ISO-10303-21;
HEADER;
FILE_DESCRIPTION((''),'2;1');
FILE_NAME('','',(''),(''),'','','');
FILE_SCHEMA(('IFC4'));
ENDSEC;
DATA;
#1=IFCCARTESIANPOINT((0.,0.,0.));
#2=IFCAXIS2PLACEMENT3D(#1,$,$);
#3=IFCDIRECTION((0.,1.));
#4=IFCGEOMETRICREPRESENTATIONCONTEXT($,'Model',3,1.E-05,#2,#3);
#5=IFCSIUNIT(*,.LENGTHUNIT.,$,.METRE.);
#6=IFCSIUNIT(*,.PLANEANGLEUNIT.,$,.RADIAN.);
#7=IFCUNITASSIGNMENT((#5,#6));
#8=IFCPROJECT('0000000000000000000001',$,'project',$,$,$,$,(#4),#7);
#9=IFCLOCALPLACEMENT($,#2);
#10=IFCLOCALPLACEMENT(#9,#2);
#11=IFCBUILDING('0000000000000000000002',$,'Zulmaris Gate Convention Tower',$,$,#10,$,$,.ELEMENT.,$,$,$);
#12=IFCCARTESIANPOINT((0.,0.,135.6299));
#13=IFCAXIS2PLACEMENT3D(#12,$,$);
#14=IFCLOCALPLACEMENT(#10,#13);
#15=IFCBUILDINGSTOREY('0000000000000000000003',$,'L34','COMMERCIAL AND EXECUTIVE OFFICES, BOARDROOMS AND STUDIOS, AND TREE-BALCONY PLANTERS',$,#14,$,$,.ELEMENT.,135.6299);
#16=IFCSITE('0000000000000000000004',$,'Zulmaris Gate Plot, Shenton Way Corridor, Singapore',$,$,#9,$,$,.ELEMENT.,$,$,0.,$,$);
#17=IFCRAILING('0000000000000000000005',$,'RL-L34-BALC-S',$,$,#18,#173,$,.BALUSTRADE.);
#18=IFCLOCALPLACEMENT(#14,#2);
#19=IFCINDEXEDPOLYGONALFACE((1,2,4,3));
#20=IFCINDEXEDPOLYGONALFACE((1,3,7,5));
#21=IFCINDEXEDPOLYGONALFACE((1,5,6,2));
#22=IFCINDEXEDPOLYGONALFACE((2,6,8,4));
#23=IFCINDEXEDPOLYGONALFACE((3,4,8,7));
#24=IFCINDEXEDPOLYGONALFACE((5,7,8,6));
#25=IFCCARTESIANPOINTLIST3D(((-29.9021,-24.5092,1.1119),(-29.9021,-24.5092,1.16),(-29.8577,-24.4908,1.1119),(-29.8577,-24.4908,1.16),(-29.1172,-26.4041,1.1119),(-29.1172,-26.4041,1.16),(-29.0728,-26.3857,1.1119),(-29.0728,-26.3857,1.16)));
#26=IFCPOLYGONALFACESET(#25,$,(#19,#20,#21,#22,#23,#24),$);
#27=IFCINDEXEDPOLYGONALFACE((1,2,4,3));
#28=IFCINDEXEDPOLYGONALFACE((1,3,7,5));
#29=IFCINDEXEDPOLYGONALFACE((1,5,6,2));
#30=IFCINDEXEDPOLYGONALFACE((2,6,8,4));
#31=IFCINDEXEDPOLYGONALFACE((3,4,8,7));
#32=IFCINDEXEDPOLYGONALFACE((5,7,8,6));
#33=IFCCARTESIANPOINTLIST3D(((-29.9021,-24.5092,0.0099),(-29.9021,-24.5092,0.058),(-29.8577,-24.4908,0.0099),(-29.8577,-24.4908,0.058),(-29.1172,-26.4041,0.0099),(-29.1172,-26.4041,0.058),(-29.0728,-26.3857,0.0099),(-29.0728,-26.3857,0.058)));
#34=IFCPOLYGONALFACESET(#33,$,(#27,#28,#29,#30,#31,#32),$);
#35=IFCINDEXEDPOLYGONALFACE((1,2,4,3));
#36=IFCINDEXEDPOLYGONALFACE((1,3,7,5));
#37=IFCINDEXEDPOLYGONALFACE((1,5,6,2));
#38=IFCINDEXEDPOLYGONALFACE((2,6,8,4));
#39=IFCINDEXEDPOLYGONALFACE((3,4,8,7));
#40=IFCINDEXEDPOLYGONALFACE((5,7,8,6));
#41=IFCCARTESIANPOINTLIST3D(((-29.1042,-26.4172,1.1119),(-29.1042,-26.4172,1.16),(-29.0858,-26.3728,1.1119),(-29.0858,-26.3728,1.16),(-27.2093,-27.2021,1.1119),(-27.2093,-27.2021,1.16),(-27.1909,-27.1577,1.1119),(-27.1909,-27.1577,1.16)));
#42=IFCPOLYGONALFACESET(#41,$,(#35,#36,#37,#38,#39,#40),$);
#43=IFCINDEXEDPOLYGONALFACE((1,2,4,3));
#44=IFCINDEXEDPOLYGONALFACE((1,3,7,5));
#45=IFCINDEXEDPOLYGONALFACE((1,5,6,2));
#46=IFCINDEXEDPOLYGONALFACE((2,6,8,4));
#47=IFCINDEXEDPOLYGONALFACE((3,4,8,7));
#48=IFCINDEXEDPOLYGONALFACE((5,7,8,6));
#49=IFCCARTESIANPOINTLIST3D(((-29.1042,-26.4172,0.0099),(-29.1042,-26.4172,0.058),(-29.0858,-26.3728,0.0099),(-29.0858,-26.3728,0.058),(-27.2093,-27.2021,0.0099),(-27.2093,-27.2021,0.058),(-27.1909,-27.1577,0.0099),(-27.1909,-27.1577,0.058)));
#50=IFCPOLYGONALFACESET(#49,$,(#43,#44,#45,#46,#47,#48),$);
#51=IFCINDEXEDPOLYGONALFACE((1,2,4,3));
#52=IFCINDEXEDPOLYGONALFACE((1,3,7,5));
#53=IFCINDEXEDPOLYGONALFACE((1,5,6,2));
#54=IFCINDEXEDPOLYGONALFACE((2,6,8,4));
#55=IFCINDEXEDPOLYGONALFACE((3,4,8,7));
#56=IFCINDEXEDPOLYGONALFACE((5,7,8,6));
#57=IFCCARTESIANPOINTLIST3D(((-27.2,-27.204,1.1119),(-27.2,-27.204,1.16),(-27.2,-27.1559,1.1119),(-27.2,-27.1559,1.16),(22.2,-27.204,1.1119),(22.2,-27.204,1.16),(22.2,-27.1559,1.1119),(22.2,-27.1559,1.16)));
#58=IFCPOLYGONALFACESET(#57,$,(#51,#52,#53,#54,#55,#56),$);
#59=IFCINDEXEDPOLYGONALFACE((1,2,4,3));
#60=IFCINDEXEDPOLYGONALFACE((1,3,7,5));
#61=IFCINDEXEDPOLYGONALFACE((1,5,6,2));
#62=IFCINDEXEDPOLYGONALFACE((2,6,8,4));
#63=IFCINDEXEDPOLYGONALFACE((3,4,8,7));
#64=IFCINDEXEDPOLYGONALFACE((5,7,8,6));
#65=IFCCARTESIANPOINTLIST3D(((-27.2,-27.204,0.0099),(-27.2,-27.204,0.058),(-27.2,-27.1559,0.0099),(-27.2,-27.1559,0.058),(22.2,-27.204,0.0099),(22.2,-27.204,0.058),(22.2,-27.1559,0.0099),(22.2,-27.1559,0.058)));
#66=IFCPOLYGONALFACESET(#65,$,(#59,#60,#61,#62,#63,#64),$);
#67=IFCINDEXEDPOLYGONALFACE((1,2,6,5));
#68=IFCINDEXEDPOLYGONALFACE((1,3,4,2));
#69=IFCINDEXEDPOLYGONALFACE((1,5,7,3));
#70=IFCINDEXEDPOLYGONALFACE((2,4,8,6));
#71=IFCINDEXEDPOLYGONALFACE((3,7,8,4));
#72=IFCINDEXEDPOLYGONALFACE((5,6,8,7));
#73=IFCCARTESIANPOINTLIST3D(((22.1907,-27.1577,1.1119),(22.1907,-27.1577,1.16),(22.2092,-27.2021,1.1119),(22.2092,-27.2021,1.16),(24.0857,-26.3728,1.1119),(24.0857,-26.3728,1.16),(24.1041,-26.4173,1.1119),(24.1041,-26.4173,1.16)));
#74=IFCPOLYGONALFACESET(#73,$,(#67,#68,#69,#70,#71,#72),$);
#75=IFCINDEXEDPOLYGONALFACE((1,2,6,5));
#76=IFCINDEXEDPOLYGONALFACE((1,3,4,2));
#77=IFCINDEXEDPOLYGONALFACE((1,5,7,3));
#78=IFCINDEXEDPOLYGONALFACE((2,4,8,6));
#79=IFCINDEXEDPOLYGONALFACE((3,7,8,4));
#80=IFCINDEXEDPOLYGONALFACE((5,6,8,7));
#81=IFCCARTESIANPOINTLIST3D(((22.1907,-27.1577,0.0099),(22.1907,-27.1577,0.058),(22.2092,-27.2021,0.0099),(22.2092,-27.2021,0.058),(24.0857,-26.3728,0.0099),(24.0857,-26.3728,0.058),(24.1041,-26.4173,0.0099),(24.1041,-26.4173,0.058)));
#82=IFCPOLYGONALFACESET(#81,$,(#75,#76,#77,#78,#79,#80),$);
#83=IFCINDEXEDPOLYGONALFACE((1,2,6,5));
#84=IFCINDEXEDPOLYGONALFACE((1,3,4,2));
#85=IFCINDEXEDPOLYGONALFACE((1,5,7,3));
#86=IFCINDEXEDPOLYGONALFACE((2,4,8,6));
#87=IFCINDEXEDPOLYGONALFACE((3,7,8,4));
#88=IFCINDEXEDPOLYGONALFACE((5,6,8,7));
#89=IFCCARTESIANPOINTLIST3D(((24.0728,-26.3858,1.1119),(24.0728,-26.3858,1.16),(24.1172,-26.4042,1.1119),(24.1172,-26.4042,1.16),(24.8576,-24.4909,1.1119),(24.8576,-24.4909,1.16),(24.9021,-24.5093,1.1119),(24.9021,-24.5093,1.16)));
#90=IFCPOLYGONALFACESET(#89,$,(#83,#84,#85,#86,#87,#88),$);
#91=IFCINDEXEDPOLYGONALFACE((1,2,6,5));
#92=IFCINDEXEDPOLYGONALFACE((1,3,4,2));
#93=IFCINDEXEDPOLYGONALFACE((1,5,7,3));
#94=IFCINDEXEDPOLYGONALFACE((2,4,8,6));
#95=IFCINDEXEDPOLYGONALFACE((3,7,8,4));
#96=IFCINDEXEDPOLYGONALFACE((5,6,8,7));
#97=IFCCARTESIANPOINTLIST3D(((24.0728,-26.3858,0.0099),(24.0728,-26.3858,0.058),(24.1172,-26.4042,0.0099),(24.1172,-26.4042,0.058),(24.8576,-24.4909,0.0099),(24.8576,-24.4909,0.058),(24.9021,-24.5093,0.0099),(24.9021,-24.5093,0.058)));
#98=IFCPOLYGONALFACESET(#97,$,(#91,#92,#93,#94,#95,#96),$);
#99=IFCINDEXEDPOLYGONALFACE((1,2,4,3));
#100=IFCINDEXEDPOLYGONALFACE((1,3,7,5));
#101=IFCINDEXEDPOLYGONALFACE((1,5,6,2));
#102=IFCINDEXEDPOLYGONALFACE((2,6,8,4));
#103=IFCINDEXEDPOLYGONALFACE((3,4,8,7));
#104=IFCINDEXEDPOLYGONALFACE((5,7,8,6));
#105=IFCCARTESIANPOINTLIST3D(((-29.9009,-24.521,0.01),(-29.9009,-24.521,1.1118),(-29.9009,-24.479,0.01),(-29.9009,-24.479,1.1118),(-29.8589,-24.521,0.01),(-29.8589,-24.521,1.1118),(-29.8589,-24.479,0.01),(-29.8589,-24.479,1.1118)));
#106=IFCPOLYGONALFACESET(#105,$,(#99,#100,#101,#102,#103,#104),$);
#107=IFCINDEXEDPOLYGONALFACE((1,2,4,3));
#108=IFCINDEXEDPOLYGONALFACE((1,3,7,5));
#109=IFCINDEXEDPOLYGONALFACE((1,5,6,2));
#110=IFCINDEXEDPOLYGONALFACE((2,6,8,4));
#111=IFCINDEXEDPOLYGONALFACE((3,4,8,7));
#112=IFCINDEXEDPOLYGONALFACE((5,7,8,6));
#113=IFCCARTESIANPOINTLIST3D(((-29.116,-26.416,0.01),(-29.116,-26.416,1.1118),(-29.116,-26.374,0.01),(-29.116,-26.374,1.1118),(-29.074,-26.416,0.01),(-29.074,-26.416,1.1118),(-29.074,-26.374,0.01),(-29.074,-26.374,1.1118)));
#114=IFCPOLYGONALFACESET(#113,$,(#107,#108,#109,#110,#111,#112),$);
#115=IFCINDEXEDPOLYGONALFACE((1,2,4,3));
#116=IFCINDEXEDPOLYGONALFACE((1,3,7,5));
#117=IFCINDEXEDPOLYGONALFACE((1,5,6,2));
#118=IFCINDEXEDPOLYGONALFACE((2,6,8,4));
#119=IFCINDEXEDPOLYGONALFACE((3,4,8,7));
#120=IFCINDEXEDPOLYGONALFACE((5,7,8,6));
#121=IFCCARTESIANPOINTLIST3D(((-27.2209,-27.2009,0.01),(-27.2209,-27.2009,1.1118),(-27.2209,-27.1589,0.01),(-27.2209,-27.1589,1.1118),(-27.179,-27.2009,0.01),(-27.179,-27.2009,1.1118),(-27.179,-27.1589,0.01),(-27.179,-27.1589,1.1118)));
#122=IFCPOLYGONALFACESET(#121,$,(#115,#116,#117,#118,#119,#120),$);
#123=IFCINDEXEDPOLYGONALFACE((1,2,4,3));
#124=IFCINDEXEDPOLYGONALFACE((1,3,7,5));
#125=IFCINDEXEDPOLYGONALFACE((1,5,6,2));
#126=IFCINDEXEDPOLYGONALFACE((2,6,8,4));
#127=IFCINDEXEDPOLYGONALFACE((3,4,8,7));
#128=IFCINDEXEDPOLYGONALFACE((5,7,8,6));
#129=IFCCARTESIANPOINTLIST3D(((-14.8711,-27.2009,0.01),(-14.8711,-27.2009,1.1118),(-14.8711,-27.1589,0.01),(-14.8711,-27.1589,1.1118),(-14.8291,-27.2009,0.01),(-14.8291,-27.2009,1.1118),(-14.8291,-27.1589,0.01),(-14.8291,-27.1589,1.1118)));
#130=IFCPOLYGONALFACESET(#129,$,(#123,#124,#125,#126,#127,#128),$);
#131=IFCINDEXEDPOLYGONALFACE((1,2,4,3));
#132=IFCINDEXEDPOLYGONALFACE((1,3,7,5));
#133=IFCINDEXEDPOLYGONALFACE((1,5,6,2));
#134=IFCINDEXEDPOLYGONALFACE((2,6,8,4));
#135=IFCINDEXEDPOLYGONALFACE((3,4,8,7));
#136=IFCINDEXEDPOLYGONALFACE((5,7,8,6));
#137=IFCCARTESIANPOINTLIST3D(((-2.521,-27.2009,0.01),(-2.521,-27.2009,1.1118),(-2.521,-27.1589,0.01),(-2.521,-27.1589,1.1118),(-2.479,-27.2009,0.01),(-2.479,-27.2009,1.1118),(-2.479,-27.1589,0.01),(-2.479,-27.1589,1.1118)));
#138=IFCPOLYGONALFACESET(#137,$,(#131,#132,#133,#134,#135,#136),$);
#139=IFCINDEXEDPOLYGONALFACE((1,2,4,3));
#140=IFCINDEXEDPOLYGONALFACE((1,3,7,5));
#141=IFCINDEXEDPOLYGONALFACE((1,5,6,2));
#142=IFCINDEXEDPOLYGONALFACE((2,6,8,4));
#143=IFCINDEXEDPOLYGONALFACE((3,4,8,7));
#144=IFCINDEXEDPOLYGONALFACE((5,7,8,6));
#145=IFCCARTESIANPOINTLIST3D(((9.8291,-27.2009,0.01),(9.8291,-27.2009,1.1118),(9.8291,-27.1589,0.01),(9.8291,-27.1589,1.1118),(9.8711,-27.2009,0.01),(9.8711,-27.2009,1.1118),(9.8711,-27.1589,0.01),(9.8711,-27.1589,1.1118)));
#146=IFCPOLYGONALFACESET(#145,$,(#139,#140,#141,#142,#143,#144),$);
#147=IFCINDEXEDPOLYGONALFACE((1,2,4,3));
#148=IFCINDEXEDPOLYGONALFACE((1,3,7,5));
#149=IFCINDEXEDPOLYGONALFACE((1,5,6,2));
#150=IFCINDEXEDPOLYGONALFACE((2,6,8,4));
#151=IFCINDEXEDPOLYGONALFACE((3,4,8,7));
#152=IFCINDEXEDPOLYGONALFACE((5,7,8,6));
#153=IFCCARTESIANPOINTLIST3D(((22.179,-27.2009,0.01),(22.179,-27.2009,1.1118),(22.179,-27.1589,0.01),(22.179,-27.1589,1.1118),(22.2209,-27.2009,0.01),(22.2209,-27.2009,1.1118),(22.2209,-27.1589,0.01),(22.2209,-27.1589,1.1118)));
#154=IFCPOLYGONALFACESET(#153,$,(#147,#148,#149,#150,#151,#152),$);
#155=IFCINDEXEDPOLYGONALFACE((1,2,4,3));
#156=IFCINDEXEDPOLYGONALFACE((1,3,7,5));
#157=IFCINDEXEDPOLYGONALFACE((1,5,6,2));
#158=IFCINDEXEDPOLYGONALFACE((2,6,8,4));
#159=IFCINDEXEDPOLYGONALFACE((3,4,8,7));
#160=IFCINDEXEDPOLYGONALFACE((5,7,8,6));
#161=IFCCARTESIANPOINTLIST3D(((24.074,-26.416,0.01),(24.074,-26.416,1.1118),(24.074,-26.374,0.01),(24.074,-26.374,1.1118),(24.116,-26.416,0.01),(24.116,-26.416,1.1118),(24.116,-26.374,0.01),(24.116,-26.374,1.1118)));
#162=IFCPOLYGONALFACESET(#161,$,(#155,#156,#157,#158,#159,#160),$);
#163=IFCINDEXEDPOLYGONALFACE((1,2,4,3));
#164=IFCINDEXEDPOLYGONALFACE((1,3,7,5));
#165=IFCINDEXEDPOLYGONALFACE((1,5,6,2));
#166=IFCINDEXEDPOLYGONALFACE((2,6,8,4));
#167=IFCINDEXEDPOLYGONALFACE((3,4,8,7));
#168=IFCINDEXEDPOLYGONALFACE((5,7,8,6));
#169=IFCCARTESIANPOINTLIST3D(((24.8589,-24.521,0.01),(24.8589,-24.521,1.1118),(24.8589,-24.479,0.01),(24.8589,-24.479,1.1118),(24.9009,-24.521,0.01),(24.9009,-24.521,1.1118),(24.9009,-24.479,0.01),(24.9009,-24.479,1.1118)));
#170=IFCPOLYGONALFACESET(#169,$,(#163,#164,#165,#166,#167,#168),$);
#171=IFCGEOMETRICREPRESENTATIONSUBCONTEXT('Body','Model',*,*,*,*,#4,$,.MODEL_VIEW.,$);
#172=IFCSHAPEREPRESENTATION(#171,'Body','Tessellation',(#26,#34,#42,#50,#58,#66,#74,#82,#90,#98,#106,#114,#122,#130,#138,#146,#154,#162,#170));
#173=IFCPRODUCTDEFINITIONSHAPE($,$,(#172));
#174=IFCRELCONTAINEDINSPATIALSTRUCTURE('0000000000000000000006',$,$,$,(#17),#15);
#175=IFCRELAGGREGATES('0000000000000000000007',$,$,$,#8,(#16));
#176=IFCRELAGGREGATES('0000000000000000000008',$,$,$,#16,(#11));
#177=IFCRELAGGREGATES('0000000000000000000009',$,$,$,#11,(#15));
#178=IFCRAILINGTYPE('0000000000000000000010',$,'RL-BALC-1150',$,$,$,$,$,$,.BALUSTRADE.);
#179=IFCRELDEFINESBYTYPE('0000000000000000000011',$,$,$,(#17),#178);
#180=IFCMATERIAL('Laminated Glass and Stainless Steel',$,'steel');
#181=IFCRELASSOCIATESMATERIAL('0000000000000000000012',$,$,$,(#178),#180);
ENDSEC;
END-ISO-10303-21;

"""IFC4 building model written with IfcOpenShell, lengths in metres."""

from ifc_helpers import new_model, si_unit, direction, frame, origin, origin_2d, place, context, subcontext, project, spatial, rectangle, extrude, material, type_object, element, save


model = new_model("IFC4")

# Units and contexts
model_context = context("Model", 3, precision=1e-05, world=origin(), true_north=direction((0.0, 1.0)))
body_context = subcontext(model_context, "Body", "Model", "MODEL_VIEW")
ifc_project = project(units=[si_unit("LENGTHUNIT", "METRE"), si_unit("PLANEANGLEUNIT", "RADIAN")], contexts=[model_context])

# Site, building, storey
site_placement = place(None, origin())
site = spatial("IfcSite", under=ifc_project, at=site_placement, Name="Zulmaris Gate Plot, Shenton Way Corridor, Singapore", CompositionType="ELEMENT", RefElevation=0.0)
building_placement = place(site_placement, origin())
building = spatial("IfcBuilding", under=site, at=building_placement, Name="Zulmaris Gate Convention Tower", CompositionType="ELEMENT")
storey_placement = place(building_placement, frame((0.0, 0.0, 135.6299)))
storey = spatial("IfcBuildingStorey", under=building, at=storey_placement, Name="L34", Description="COMMERCIAL AND EXECUTIVE OFFICES, BOARDROOMS AND STUDIOS, AND TREE-BALCONY PLANTERS", CompositionType="ELEMENT", Elevation=135.6299)

# Railing
ifc_material_1 = material(Name="Laminated Glass and Stainless Steel", Category="steel")
railing_type = type_object("IfcRailingType", Name="RL-BALC-1150", PredefinedType="BALUSTRADE", material=ifc_material_1)
railing_placement = place(storey_placement, frame((-29.8799, -24.5, 0.01)))
element("IfcRailing", 1, at=railing_placement, inside=storey, type_object=railing_type, Name="RL-L34-BALC-S", PredefinedType="BALUSTRADE", context=body_context, shape_type="SweptSolid", body=[
    extrude(rectangle(XDim=0.0481, YDim=0.0481, at=origin_2d()), frame((0.0, 0.0, 1.126), z_axis=(0.382671, -0.923885, 0.0), x_axis=(0.923885, 0.382671, 0.0)), (0.0, 0.0, 1.0), 2.051),
    extrude(rectangle(XDim=0.0481, YDim=0.0481, at=origin_2d()), frame((0.0, 0.0, 0.0239), z_axis=(0.382671, -0.923885, 0.0), x_axis=(0.923885, 0.382671, 0.0)), (0.0, 0.0, 1.0), 2.051),
    extrude(rectangle(XDim=0.0481, YDim=0.0481, at=origin_2d()), frame((0.7849, -1.895, 1.126), z_axis=(0.923885, -0.382671, 0.0), x_axis=(0.382671, 0.923885, 0.0)), (0.0, 0.0, 1.0), 2.051),
    extrude(rectangle(XDim=0.0481, YDim=0.0481, at=origin_2d()), frame((0.7849, -1.895, 0.0239), z_axis=(0.923885, -0.382671, 0.0), x_axis=(0.382671, 0.923885, 0.0)), (0.0, 0.0, 1.0), 2.051),
    extrude(rectangle(XDim=0.0481, YDim=0.0481, at=origin_2d()), frame((2.6799, -2.6799, 1.126), z_axis=(1.0, 0.0, 0.0), x_axis=(0.0, 1.0, 0.0)), (0.0, 0.0, 1.0), 49.3999),
    extrude(rectangle(XDim=0.0481, YDim=0.0481, at=origin_2d()), frame((2.6799, -2.6799, 0.0239), z_axis=(1.0, 0.0, 0.0), x_axis=(0.0, 1.0, 0.0)), (0.0, 0.0, 1.0), 49.3999),
    extrude(rectangle(XDim=0.0481, YDim=0.0481, at=origin_2d()), frame((52.0798, -2.6799, 1.126), z_axis=(0.923885, 0.382671, 0.0), x_axis=(-0.382671, 0.923885, 0.0)), (0.0, 0.0, 1.0), 2.051),
    extrude(rectangle(XDim=0.0481, YDim=0.0481, at=origin_2d()), frame((52.0798, -2.6799, 0.0239), z_axis=(0.923885, 0.382671, 0.0), x_axis=(-0.382671, 0.923885, 0.0)), (0.0, 0.0, 1.0), 2.051),
    extrude(rectangle(XDim=0.0481, YDim=0.0481, at=origin_2d()), frame((53.9749, -1.895, 1.126), z_axis=(0.382671, 0.923885, 0.0), x_axis=(-0.923885, 0.382671, 0.0)), (0.0, 0.0, 1.0), 2.051),
    extrude(rectangle(XDim=0.0481, YDim=0.0481, at=origin_2d()), frame((53.9749, -1.895, 0.0239), z_axis=(0.382671, 0.923885, 0.0), x_axis=(-0.923885, 0.382671, 0.0)), (0.0, 0.0, 1.0), 2.051),
    extrude(rectangle(XDim=0.042, YDim=0.042, at=origin_2d()), origin(), (0.0, 0.0, 1.0), 1.1018),
    extrude(rectangle(XDim=0.042, YDim=0.042, at=origin_2d()), frame((0.7849, -1.895, 0.0)), (0.0, 0.0, 1.0), 1.1018),
    extrude(rectangle(XDim=0.042, YDim=0.042, at=origin_2d()), frame((2.6799, -2.6799, 0.0)), (0.0, 0.0, 1.0), 1.1018),
    extrude(rectangle(XDim=0.042, YDim=0.042, at=origin_2d()), frame((15.0298, -2.6799, 0.0)), (0.0, 0.0, 1.0), 1.1018),
    extrude(rectangle(XDim=0.042, YDim=0.042, at=origin_2d()), frame((27.3799, -2.6799, 0.0)), (0.0, 0.0, 1.0), 1.1018),
    extrude(rectangle(XDim=0.042, YDim=0.042, at=origin_2d()), frame((39.73, -2.6799, 0.0)), (0.0, 0.0, 1.0), 1.1018),
    extrude(rectangle(XDim=0.042, YDim=0.042, at=origin_2d()), frame((52.0798, -2.6799, 0.0)), (0.0, 0.0, 1.0), 1.1018),
    extrude(rectangle(XDim=0.042, YDim=0.042, at=origin_2d()), frame((53.9749, -1.895, 0.0)), (0.0, 0.0, 1.0), 1.1018),
    extrude(rectangle(XDim=0.042, YDim=0.042, at=origin_2d()), frame((54.7598, 0.0, 0.0)), (0.0, 0.0, 1.0), 1.1018),
])

save(model, "model.ifc")
